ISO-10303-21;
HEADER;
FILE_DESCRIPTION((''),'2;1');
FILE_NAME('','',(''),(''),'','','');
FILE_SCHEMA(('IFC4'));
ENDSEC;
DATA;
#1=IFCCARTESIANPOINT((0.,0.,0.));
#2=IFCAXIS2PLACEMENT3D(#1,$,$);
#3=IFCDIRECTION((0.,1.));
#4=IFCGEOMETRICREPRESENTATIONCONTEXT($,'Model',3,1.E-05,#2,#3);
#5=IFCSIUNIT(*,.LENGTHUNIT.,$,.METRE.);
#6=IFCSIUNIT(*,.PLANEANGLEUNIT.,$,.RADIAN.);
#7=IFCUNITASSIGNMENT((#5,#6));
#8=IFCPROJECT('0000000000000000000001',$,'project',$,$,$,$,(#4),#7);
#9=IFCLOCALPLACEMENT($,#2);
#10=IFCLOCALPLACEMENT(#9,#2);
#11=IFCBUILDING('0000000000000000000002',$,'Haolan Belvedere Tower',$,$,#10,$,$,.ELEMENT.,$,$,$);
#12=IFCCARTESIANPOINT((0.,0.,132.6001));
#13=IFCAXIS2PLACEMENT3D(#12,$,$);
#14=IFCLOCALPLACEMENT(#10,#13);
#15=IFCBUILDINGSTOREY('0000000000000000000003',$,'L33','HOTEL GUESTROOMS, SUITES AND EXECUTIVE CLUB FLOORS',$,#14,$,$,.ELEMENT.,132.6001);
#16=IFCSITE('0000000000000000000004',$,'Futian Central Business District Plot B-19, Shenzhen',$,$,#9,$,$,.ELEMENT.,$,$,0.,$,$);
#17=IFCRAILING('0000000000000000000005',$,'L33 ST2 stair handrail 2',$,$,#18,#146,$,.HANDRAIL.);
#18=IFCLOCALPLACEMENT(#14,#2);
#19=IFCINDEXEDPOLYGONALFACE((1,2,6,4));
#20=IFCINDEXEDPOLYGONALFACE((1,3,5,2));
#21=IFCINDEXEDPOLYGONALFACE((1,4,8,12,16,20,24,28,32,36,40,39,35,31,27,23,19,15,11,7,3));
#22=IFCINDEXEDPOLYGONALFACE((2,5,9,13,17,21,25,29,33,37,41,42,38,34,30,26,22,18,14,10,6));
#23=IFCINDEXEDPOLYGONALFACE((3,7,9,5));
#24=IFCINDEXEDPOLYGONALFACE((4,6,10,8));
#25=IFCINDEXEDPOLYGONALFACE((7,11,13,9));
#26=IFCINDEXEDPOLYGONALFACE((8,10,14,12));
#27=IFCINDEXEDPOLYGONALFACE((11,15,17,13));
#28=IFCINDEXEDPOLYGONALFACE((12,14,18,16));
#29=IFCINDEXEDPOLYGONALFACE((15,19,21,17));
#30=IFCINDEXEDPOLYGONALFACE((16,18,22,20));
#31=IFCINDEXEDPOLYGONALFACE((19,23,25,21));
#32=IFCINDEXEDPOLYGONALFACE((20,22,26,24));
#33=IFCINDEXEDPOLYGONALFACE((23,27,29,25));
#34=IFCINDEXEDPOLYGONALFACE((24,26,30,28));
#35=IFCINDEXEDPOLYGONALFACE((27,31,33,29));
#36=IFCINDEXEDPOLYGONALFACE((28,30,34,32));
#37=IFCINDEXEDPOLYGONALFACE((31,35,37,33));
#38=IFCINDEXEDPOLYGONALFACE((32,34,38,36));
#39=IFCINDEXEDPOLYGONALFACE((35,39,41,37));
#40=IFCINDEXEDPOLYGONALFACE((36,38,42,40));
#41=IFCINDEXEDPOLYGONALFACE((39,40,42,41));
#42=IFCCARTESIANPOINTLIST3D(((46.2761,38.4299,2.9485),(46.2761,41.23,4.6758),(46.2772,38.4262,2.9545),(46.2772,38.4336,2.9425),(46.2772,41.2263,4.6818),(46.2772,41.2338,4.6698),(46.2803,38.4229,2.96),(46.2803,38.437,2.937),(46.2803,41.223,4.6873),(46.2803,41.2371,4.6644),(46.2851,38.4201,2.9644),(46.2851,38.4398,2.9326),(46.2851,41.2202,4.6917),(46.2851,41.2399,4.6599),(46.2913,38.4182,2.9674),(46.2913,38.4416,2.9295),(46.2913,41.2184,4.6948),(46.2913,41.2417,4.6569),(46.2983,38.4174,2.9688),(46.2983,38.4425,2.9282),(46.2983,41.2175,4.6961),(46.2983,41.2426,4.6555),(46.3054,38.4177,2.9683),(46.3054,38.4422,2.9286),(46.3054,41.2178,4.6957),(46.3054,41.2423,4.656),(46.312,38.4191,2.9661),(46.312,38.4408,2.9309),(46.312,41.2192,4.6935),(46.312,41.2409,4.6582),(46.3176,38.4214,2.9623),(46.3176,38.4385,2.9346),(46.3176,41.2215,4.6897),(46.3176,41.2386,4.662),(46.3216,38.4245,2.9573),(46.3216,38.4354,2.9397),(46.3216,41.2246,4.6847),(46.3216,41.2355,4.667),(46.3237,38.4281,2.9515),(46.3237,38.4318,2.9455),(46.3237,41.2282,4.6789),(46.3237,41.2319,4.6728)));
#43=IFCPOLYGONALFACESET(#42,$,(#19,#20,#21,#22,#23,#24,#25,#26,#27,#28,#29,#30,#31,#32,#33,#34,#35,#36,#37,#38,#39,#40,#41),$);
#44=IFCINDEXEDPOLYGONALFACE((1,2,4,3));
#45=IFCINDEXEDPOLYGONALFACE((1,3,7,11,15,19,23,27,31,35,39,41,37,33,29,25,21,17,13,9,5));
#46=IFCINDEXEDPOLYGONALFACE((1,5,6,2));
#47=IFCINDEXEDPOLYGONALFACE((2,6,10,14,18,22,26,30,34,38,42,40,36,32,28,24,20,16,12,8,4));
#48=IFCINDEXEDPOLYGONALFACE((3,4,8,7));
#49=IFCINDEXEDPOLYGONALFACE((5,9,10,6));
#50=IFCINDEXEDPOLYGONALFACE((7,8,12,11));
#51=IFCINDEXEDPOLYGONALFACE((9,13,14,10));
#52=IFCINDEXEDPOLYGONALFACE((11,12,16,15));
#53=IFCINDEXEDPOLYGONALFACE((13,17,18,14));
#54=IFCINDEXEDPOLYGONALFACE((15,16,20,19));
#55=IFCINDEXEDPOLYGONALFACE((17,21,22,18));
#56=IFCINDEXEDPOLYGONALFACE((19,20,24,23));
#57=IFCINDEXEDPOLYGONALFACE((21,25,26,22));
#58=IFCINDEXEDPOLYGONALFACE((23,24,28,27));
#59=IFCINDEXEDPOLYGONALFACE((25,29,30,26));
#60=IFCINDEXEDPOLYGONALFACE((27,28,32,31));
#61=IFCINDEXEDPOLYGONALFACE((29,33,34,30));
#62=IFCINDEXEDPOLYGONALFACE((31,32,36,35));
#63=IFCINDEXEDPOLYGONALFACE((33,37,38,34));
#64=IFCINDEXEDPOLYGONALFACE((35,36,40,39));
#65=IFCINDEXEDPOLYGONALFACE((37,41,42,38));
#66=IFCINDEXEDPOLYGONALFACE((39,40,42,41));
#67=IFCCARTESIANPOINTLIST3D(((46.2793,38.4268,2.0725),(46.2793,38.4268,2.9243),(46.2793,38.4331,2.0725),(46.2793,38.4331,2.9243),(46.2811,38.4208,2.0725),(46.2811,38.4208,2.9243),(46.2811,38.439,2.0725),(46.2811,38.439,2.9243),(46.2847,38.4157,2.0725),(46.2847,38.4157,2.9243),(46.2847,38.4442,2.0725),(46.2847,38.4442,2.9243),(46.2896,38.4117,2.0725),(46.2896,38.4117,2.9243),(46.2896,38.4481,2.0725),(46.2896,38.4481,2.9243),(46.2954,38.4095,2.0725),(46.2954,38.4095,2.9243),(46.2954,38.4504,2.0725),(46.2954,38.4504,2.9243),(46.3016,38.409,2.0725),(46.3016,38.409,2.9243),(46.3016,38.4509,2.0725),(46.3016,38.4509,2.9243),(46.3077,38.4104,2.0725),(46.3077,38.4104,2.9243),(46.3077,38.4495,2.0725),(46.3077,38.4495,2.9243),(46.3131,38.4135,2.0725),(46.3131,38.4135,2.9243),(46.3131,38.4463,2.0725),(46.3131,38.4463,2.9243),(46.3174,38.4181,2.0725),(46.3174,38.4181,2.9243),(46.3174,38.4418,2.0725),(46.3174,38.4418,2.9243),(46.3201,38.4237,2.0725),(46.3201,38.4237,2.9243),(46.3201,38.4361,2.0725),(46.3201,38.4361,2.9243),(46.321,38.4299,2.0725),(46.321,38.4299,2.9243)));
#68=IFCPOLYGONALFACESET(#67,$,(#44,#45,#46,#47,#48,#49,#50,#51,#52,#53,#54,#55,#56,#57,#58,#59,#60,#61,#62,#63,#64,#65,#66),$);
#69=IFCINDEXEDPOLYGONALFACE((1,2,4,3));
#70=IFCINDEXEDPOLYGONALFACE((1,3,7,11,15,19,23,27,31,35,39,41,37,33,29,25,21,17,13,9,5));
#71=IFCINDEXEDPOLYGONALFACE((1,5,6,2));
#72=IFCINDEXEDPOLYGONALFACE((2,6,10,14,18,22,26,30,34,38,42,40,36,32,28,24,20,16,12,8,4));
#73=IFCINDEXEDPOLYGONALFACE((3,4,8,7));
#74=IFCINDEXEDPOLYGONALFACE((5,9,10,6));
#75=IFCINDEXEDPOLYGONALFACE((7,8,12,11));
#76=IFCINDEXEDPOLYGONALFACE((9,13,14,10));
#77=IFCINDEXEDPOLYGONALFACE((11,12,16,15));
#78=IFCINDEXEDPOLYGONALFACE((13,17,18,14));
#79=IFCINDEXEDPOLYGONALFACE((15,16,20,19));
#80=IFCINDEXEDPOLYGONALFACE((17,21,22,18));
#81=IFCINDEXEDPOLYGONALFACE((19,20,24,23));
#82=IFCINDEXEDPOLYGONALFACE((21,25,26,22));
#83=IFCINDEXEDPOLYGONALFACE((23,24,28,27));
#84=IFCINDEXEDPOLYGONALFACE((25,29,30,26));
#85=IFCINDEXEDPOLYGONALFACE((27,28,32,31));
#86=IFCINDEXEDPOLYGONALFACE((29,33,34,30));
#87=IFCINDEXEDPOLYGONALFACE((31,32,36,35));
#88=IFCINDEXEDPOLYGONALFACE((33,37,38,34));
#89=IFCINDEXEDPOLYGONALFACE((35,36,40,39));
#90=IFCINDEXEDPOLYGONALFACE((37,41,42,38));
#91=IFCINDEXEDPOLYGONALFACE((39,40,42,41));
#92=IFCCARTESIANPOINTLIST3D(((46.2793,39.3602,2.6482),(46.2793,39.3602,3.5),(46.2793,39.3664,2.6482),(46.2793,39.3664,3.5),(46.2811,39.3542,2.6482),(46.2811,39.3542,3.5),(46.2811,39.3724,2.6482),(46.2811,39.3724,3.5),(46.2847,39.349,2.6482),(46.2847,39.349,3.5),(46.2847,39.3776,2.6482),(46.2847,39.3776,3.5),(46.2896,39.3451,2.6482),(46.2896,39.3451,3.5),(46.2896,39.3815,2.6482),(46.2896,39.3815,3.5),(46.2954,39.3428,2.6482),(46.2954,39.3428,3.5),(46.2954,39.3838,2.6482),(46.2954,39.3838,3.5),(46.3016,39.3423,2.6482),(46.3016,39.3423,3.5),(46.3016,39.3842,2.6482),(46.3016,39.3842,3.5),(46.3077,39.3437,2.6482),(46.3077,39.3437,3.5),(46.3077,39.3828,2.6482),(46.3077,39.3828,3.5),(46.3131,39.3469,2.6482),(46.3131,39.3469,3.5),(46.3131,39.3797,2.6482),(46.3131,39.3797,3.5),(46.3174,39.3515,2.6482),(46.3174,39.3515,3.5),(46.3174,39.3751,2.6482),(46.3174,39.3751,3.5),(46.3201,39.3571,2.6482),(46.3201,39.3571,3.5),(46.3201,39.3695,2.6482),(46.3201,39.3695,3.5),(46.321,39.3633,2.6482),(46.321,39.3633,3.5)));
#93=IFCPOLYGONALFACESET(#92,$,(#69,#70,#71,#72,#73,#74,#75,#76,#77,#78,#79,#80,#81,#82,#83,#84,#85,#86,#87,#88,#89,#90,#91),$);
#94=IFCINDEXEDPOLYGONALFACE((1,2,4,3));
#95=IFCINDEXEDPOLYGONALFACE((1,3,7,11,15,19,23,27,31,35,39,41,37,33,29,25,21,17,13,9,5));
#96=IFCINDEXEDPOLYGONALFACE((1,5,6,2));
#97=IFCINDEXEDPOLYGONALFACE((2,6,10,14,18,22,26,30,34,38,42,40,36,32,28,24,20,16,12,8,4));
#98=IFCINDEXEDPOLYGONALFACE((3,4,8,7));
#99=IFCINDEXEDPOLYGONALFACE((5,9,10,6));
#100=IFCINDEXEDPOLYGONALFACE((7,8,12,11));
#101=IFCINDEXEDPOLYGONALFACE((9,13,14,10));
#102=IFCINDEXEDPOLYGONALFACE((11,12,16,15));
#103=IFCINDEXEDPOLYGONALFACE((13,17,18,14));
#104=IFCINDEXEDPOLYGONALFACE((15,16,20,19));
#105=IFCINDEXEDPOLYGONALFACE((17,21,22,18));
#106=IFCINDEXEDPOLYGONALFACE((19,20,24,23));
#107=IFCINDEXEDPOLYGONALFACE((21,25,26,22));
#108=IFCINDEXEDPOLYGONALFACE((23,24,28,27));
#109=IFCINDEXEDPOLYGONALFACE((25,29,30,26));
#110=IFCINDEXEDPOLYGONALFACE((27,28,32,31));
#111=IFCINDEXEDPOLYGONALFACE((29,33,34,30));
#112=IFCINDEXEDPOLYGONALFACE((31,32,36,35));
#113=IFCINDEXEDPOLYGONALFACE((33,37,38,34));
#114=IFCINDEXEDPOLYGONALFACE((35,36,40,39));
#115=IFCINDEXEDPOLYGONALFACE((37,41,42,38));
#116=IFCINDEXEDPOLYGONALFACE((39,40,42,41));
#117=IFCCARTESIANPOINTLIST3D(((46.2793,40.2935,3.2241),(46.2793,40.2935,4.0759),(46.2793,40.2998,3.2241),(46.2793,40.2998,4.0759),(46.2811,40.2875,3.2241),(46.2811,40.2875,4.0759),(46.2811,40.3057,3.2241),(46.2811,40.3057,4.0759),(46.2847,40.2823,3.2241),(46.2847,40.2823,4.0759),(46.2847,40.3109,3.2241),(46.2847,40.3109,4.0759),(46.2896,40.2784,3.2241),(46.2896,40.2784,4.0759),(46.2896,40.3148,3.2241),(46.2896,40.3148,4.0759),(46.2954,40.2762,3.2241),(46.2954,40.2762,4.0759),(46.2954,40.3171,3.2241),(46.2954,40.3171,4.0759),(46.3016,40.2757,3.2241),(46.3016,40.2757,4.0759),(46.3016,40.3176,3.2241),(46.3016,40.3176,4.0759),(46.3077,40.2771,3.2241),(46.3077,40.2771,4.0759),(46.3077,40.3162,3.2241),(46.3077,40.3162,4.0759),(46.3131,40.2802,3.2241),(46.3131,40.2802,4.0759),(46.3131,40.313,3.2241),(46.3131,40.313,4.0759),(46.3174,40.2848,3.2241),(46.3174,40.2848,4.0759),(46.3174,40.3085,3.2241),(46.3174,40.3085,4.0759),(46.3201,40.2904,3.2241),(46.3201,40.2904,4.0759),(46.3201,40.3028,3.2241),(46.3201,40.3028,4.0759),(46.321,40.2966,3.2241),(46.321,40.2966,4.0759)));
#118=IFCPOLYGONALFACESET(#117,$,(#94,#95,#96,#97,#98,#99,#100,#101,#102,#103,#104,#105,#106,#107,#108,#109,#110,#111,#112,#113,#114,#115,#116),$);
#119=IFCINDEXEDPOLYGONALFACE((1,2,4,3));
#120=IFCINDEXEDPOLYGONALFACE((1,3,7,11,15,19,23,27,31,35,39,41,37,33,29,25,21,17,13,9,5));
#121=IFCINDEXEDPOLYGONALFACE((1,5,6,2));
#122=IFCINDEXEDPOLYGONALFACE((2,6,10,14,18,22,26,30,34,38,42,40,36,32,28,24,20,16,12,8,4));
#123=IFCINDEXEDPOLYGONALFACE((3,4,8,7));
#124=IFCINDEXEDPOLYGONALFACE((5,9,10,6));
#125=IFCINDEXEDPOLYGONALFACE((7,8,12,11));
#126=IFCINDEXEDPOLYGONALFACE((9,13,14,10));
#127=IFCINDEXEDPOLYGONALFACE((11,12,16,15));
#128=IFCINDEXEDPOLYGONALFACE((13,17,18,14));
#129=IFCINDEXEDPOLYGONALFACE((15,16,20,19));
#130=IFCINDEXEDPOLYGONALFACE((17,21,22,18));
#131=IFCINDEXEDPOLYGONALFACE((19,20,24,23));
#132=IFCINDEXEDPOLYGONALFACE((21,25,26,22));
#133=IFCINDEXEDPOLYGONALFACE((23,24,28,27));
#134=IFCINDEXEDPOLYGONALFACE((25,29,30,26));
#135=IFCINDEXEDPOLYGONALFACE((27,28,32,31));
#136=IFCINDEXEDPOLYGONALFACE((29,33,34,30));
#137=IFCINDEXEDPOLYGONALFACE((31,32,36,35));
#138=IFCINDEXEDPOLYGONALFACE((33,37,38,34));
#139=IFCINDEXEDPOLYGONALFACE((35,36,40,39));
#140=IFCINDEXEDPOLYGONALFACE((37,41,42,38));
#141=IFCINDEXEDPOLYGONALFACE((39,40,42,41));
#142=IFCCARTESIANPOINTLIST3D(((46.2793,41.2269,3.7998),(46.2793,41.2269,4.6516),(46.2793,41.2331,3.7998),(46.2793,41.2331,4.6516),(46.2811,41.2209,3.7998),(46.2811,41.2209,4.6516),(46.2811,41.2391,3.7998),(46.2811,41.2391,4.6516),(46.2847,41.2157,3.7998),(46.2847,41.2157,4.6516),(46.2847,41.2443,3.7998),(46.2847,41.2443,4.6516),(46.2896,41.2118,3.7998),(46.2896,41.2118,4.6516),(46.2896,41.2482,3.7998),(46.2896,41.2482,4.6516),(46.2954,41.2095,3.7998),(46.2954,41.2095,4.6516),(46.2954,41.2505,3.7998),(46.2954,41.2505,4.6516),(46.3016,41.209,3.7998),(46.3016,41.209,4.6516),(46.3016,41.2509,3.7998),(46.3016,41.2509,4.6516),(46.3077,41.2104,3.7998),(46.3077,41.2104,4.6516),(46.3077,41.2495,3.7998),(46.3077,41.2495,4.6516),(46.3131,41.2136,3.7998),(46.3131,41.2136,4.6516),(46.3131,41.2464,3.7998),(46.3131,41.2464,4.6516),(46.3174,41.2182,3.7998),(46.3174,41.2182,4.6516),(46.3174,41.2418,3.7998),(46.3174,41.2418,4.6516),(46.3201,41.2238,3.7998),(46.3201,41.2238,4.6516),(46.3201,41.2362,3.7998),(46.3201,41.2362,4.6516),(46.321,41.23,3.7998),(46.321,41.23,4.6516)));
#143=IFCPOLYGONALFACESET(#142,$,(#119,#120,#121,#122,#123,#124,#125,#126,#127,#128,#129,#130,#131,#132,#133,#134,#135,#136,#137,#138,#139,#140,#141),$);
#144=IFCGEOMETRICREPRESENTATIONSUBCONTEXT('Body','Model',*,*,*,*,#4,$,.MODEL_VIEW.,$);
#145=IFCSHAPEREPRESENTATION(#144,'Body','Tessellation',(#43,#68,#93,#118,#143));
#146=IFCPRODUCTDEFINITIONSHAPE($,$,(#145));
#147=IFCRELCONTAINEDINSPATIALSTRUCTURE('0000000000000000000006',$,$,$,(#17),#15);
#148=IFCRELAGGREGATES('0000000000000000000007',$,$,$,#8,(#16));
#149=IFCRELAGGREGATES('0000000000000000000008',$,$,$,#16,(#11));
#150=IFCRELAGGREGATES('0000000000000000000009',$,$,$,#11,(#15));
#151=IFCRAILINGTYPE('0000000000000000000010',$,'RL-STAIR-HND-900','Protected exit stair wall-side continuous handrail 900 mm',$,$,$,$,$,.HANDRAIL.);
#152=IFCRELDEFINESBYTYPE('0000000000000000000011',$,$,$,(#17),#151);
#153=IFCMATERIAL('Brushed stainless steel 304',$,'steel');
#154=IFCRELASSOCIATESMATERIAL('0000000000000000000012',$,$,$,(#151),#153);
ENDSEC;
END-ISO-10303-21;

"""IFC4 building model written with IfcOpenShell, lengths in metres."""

from ifc_helpers import new_model, si_unit, direction, frame, origin, origin_2d, place, context, subcontext, project, spatial, circle, extrude, material, type_object, element, save


model = new_model("IFC4")

# Units and contexts
model_context = context("Model", 3, precision=1e-05, world=origin(), true_north=direction((0.0, 1.0)))
body_context = subcontext(model_context, "Body", "Model", "MODEL_VIEW")
ifc_project = project(units=[si_unit("LENGTHUNIT", "METRE"), si_unit("PLANEANGLEUNIT", "RADIAN")], contexts=[model_context])

# Site, building, storey
site_placement = place(None, origin())
site = spatial("IfcSite", under=ifc_project, at=site_placement, Name="Futian Central Business District Plot B-19, Shenzhen", CompositionType="ELEMENT", RefElevation=0.0)
building_placement = place(site_placement, origin())
building = spatial("IfcBuilding", under=site, at=building_placement, Name="Haolan Belvedere Tower", CompositionType="ELEMENT")
storey_placement = place(building_placement, frame((0.0, 0.0, 132.6001)))
storey = spatial("IfcBuildingStorey", under=building, at=storey_placement, Name="L33", Description="HOTEL GUESTROOMS, SUITES AND EXECUTIVE CLUB FLOORS", CompositionType="ELEMENT", Elevation=132.6001)

# Railing
ifc_material_1 = material(Name="Brushed stainless steel 304", Category="steel")
railing_type = type_object("IfcRailingType", Name="RL-STAIR-HND-900", Description="Protected exit stair wall-side continuous handrail 900 mm", PredefinedType="HANDRAIL", material=ifc_material_1)
railing_placement = place(storey_placement, frame((46.3, 38.4299, 2.0725)))
element("IfcRailing", 1, at=railing_placement, inside=storey, type_object=railing_type, Name="L33 ST2 stair handrail 2", PredefinedType="HANDRAIL", context=body_context, shape_type="SweptSolid", body=[
    extrude(circle(Radius=0.0239, at=origin_2d()), frame((0.0, 0.0, 0.876), z_axis=(0.0, 0.85109, 0.52502), x_axis=(-1.0, 0.0, 0.0)), (0.0, 0.0, 1.0), 3.29),
    extrude(circle(Radius=0.021, at=origin_2d()), origin(), (0.0, 0.0, 1.0), 0.8518),
    extrude(circle(Radius=0.021, at=origin_2d()), frame((0.0, 0.9333, 0.5757)), (0.0, 0.0, 1.0), 0.8518),
    extrude(circle(Radius=0.021, at=origin_2d()), frame((0.0, 1.8667, 1.1516)), (0.0, 0.0, 1.0), 0.8518),
    extrude(circle(Radius=0.021, at=origin_2d()), frame((0.0, 2.8, 1.7273)), (0.0, 0.0, 1.0), 0.8518),
])

save(model, "model.ifc")
